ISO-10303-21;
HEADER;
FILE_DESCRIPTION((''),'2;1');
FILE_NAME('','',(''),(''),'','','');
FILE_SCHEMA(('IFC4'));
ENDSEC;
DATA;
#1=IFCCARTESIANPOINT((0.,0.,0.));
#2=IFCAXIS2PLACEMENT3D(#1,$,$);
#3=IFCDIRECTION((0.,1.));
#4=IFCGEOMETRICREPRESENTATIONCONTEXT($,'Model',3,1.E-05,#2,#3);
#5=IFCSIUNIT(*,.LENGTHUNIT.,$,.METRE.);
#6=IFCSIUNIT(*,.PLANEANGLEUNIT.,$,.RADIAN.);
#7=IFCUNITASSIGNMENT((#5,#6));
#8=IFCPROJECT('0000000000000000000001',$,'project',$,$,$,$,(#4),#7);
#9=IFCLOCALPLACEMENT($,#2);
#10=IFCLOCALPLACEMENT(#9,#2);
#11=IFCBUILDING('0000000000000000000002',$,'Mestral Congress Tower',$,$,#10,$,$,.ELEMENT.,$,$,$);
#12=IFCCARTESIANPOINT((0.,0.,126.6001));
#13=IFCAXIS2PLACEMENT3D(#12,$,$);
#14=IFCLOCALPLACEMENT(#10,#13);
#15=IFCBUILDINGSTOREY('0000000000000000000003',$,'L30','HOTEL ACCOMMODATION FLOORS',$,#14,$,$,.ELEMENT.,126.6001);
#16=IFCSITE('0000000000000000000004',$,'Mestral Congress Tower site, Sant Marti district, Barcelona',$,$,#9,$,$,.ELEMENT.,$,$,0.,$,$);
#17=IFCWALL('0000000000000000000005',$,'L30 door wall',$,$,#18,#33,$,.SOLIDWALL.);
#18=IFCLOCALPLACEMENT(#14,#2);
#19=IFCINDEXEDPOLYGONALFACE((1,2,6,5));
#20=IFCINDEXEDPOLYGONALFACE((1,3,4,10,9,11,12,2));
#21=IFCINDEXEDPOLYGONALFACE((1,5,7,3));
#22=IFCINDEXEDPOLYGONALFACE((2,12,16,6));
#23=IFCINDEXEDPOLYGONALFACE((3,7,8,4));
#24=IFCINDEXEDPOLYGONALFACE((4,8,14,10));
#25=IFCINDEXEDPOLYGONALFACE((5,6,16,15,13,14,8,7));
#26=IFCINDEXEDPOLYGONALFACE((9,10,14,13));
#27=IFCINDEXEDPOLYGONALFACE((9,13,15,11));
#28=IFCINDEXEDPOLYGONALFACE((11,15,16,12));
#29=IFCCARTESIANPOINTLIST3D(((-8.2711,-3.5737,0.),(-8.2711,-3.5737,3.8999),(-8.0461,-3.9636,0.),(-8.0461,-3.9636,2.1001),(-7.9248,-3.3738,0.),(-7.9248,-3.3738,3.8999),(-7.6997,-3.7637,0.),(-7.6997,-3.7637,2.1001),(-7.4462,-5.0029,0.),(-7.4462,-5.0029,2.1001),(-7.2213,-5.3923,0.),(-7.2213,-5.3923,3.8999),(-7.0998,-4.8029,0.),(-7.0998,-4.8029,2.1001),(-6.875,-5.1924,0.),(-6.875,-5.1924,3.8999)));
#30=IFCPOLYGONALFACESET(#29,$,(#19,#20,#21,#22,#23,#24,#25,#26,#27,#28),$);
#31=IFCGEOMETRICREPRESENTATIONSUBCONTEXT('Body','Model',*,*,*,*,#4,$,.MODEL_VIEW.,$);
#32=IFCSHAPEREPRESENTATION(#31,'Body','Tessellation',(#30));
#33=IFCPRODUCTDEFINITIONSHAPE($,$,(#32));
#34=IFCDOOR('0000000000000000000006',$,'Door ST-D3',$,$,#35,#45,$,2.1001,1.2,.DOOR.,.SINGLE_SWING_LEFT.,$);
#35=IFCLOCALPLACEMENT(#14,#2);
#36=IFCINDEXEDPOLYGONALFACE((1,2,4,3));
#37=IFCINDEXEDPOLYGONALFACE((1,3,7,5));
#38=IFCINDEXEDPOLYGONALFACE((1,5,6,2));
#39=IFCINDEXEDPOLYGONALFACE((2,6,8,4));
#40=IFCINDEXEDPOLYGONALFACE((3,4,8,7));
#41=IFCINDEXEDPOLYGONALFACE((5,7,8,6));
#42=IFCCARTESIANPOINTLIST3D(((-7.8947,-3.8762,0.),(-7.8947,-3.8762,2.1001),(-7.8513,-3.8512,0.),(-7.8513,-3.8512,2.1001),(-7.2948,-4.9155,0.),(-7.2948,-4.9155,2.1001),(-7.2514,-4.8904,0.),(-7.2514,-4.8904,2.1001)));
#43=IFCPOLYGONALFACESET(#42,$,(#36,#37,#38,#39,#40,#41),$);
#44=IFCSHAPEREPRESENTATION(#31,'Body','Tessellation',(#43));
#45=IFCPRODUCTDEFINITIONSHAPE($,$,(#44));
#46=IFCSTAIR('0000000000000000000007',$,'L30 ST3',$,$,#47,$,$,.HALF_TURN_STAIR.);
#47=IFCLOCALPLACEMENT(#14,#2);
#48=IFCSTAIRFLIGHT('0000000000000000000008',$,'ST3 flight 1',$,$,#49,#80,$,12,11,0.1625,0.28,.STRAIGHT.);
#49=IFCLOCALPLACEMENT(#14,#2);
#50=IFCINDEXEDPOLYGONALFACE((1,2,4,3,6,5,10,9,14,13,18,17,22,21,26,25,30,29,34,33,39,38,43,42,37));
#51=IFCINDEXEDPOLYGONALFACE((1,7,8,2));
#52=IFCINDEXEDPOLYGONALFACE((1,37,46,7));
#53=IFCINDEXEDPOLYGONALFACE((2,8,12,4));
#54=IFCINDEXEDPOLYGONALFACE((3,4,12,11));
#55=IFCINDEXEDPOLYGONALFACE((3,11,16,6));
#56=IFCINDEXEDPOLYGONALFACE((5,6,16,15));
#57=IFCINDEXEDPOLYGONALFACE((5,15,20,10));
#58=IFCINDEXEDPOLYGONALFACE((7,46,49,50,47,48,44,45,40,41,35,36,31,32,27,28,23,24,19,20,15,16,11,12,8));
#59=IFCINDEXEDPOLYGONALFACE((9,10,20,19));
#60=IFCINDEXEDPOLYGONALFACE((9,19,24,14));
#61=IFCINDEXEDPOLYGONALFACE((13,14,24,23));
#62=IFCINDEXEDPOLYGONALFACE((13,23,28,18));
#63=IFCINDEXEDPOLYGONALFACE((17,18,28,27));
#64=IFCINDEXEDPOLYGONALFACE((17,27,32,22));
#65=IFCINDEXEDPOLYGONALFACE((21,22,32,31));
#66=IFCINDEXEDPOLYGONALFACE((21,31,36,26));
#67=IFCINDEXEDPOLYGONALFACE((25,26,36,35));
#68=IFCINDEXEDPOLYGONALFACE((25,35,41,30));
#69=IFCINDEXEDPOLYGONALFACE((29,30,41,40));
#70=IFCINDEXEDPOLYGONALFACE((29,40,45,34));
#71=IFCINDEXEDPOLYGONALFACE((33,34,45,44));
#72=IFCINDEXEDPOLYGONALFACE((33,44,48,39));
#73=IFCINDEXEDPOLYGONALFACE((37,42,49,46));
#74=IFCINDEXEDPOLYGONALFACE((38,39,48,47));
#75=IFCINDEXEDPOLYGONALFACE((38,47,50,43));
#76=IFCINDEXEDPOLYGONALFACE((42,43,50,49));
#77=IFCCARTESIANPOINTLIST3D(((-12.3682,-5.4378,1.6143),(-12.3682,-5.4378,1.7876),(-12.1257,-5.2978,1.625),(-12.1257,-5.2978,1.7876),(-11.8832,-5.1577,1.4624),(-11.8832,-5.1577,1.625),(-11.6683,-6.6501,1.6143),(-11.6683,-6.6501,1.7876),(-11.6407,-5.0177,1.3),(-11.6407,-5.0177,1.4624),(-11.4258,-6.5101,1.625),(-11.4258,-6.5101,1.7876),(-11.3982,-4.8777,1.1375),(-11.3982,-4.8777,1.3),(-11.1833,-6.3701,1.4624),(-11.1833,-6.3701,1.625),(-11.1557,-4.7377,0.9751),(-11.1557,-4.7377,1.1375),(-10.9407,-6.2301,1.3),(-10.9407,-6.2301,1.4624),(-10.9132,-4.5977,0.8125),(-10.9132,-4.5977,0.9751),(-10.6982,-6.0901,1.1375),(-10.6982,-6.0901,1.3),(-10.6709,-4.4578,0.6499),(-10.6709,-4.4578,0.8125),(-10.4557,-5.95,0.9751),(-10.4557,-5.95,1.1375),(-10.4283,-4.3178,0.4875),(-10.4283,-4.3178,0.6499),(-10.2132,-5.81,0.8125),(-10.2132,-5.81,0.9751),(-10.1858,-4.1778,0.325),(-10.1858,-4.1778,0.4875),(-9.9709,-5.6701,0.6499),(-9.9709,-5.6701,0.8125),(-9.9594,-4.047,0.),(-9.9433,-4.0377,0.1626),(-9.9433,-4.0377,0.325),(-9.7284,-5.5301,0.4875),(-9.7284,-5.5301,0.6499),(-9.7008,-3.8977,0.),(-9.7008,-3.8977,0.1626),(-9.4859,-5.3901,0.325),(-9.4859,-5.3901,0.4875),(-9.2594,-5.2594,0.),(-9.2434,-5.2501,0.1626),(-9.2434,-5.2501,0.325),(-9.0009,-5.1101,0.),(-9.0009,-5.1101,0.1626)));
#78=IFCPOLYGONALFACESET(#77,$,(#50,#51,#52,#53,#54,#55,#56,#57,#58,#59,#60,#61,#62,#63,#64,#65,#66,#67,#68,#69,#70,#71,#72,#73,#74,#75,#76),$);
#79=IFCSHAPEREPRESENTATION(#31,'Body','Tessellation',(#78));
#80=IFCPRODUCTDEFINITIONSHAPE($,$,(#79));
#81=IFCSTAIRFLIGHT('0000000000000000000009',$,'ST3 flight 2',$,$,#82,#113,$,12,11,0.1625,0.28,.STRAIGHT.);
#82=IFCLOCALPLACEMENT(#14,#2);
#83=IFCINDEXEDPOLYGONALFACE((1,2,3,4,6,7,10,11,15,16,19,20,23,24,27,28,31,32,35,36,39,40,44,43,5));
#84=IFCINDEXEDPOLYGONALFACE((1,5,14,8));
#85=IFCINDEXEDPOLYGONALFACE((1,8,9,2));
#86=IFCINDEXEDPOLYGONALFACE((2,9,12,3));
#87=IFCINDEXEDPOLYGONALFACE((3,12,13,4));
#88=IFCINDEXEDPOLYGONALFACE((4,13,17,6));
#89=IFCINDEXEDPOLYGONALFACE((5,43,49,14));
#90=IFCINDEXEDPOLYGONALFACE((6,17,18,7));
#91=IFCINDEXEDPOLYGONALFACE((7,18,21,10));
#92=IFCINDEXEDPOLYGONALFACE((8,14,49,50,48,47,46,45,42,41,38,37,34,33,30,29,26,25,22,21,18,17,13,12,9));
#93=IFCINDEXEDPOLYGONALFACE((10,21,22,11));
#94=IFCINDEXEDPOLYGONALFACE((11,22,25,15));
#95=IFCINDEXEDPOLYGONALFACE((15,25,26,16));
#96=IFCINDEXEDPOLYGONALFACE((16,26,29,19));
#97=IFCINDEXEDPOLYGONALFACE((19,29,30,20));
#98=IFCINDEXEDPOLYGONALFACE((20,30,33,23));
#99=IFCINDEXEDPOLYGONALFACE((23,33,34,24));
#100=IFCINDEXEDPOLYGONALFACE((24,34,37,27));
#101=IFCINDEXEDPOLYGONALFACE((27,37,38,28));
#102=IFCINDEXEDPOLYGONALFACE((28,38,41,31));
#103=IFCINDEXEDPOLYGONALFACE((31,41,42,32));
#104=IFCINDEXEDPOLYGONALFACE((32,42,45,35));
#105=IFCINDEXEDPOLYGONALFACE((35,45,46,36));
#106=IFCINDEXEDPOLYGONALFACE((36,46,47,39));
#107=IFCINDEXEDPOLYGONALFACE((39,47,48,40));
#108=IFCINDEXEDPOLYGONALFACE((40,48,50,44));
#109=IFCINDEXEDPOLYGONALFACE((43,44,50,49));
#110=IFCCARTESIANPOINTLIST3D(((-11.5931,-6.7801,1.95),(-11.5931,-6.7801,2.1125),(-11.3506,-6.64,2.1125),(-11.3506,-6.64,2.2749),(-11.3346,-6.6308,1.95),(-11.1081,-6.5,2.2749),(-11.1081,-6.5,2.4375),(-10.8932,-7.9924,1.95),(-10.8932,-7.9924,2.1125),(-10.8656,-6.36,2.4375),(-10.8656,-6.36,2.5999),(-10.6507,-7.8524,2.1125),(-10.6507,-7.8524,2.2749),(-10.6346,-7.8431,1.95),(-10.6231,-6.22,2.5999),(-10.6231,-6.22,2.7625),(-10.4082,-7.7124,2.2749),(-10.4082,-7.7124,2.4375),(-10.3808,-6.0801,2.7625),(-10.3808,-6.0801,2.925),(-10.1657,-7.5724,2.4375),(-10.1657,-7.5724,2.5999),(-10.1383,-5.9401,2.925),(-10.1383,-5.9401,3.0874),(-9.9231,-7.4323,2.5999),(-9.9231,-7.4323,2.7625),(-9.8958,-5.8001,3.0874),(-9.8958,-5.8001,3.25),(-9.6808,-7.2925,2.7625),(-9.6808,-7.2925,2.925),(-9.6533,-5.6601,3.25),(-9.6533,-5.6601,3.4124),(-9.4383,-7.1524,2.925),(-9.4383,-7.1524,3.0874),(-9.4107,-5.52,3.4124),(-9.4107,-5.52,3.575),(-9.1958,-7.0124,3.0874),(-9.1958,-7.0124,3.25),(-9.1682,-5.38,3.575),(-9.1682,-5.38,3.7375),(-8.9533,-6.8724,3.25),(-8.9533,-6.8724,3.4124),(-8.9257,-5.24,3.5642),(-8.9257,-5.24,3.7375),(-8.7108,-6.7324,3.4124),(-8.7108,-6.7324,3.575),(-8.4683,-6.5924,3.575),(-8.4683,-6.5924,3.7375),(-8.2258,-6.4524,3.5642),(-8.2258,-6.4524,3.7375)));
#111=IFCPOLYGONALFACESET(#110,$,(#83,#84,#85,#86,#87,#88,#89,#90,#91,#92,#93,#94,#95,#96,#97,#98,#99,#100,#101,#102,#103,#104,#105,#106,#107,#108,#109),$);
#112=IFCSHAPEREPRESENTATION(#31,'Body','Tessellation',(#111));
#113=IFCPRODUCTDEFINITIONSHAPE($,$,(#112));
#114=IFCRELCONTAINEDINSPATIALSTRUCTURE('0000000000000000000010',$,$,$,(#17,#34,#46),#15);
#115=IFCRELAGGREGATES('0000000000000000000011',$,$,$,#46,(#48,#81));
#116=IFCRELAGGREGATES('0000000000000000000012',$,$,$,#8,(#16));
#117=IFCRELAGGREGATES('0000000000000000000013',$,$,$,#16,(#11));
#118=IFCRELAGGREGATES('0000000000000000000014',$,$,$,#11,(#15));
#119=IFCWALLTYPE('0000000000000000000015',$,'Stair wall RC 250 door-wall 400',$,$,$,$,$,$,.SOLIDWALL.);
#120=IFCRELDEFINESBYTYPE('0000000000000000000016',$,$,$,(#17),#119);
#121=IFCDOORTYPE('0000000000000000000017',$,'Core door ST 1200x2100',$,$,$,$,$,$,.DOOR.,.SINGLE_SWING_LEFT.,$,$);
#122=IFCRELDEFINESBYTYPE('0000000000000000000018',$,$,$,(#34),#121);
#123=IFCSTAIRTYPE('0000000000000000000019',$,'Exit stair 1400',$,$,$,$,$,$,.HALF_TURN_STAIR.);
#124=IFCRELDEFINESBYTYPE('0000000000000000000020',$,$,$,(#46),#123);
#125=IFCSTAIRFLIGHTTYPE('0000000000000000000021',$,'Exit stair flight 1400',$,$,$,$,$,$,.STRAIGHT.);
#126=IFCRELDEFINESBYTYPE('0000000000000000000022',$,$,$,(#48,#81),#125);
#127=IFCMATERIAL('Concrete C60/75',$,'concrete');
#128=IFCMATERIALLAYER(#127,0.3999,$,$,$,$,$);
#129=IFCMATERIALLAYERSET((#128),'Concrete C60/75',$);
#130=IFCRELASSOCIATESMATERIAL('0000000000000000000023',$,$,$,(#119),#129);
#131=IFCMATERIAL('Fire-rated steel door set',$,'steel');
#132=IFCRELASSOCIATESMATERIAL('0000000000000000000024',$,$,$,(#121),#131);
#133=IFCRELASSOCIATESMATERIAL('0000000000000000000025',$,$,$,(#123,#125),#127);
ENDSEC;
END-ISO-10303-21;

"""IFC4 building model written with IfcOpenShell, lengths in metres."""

from ifc_helpers import new_model, si_unit, direction, frame, frame_2d, origin, place, context, subcontext, project, spatial, polyline, rectangle, outline, extrude, material, layer, layer_set, type_object, element, fill, aggregate, save


model = new_model("IFC4")

# Units and contexts
model_context = context("Model", 3, precision=1e-05, world=origin(), true_north=direction((0.0, 1.0)))
body_context = subcontext(model_context, "Body", "Model", "MODEL_VIEW")
ifc_project = project(units=[si_unit("LENGTHUNIT", "METRE"), si_unit("PLANEANGLEUNIT", "RADIAN")], contexts=[model_context])

# Site, building, storey
site_placement = place(None, origin())
site = spatial("IfcSite", under=ifc_project, at=site_placement, Name="Mestral Congress Tower site, Sant Marti district, Barcelona", CompositionType="ELEMENT", RefElevation=0.0)
building_placement = place(site_placement, origin())
building = spatial("IfcBuilding", under=site, at=building_placement, Name="Mestral Congress Tower", CompositionType="ELEMENT")
storey_placement = place(building_placement, frame((0.0, 0.0, 126.6001)))
storey = spatial("IfcBuildingStorey", under=building, at=storey_placement, Name="L30", Description="HOTEL ACCOMMODATION FLOORS", CompositionType="ELEMENT", Elevation=126.6001)

# Shared definitions
ifc_material_1 = material(Name="Fire-rated steel door set", Category="steel")

# Shared definitions
ifc_material_2 = material(Name="Concrete C60/75", Category="concrete")

# Wall, opening, door
ifc_layer_1 = layer(ifc_material_2, 0.3999)
ifc_layer_set_1 = layer_set([ifc_layer_1], Name="Concrete C60/75")
wall_type_1 = type_object("IfcWallType", Name="Stair wall RC 250 door-wall 400", PredefinedType="SOLIDWALL", material=ifc_layer_set_1)
wall_1_placement = place(storey_placement, frame((-8.0979, -3.4739, 0.0), z_axis=(0.0, 0.0, 1.0), x_axis=(0.499941, -0.86606, 0.0)))
wall_1 = element("IfcWall", 1, at=wall_1_placement, inside=storey, type_object=wall_type_1, Name="L30 door wall", PredefinedType="SOLIDWALL", context=body_context, shape_type="SweptSolid", body=[
    extrude(rectangle(XDim=2.0999, YDim=0.3999, at=frame_2d((1.0498, 0.0))), origin(), (0.0, 0.0, 1.0), 3.8999),
])
opening_1_placement = place(wall_1_placement, frame((0.45, 0.0, 0.0)))
opening_1 = element("IfcOpeningElement", 2, at=opening_1_placement, cuts=wall_1, PredefinedType="OPENING", context=body_context, shape_type="SweptSolid", body=[
    extrude(rectangle(XDim=1.2, YDim=2.1001, at=frame_2d((0.6001, 1.05))), frame((0.0, 0.21, 0.0), z_axis=(0.0, -1.0, 0.0), x_axis=(1.0, 0.0, 0.0)), (0.0, 0.0, 1.0), 0.4199),
])
door_type_1 = type_object("IfcDoorType", Name="Core door ST 1200x2100", OperationType="SINGLE_SWING_LEFT", PredefinedType="DOOR", material=ifc_material_1)
door_1_placement = place(opening_1_placement, origin())
door_1 = element("IfcDoor", 3, at=door_1_placement, inside=storey, type_object=door_type_1, Name="Door ST-D3", OperationType="SINGLE_SWING_LEFT", OverallHeight=2.1001, OverallWidth=1.2, PredefinedType="DOOR", context=body_context, shape_type="SweptSolid", body=[
    extrude(rectangle(XDim=1.2, YDim=2.1001, at=frame_2d((0.6001, 1.05))), frame((0.0, 0.0249, 0.0), z_axis=(0.0, -1.0, 0.0), x_axis=(1.0, 0.0, 0.0)), (0.0, 0.0, 1.0), 0.05),
])
fill(opening_1, door_1)

# Stair, stair flights
stair_type = type_object("IfcStairType", Name="Exit stair 1400", PredefinedType="HALF_TURN_STAIR", material=ifc_material_2)
stair_placement = place(storey_placement, origin())
stair = element("IfcStair", 4, at=stair_placement, inside=storey, type_object=stair_type, Name="L30 ST3", PredefinedType="HALF_TURN_STAIR")
stair_flight_type = type_object("IfcStairFlightType", Name="Exit stair flight 1400", PredefinedType="STRAIGHT", material=ifc_material_2)
stair_flight_1_placement = place(storey_placement, frame((-9.3508, -4.5039, 0.0), z_axis=(0.0, 0.0, 1.0), x_axis=(-0.866025, -0.5, 0.0)))
stair_flight_1 = element("IfcStairFlight", 5, at=stair_flight_1_placement, type_object=stair_flight_type, Name="ST3 flight 1", NumberOfRisers=12, NumberOfTreads=11, PredefinedType="STRAIGHT", RiserHeight=0.1625, TreadLength=0.28, context=body_context, shape_type="SweptSolid", body=[
    extrude(outline(polyline([(0.0, 0.0), (0.0, 0.1626), (0.28, 0.1626), (0.28, 0.325), (0.5601, 0.325), (0.5601, 0.4875), (0.8401, 0.4875), (0.8401, 0.6499), (1.1201, 0.6499), (1.1201, 0.8125), (1.3999, 0.8125), (1.3999, 0.9751), (1.6799, 0.9751), (1.6799, 1.1375), (1.96, 1.1375), (1.96, 1.3), (2.24, 1.3), (2.24, 1.4624), (2.52, 1.4624), (2.52, 1.625), (2.8, 1.625), (2.8, 1.7876), (3.0801, 1.7876), (3.0801, 1.95), (3.0801, 1.6143), (0.2986, 0.0), (0.0, 0.0)])), frame((0.0, 0.7, 0.0), z_axis=(0.0, -1.0, 0.0), x_axis=(1.0, 0.0, 0.0)), (0.0, 0.0, 1.0), 1.3999),
])
stair_flight_2_placement = place(storey_placement, frame((-11.2432, -7.3862, 1.95), z_axis=(0.0, 0.0, 1.0), x_axis=(0.866025, 0.5, 0.0)))
stair_flight_2 = element("IfcStairFlight", 6, at=stair_flight_2_placement, type_object=stair_flight_type, Name="ST3 flight 2", NumberOfRisers=12, NumberOfTreads=11, PredefinedType="STRAIGHT", RiserHeight=0.1625, TreadLength=0.28, context=body_context, shape_type="SweptSolid", body=[
    extrude(outline(polyline([(0.0, 0.0), (0.0, 0.1626), (0.28, 0.1626), (0.28, 0.325), (0.5601, 0.325), (0.5601, 0.4875), (0.8401, 0.4875), (0.8401, 0.6499), (1.1201, 0.6499), (1.1201, 0.8125), (1.3999, 0.8125), (1.3999, 0.9751), (1.6799, 0.9751), (1.6799, 1.1375), (1.96, 1.1375), (1.96, 1.3), (2.24, 1.3), (2.24, 1.4624), (2.52, 1.4624), (2.52, 1.625), (2.8, 1.625), (2.8, 1.7876), (3.0801, 1.7876), (3.0801, 1.95), (3.0801, 1.6143), (0.2986, 0.0), (0.0, 0.0)])), frame((0.0, 0.7, 0.0), z_axis=(0.0, -1.0, 0.0), x_axis=(1.0, 0.0, 0.0)), (0.0, 0.0, 1.0), 1.3999),
])
aggregate(stair, [stair_flight_1, stair_flight_2])

save(model, "model.ifc")
